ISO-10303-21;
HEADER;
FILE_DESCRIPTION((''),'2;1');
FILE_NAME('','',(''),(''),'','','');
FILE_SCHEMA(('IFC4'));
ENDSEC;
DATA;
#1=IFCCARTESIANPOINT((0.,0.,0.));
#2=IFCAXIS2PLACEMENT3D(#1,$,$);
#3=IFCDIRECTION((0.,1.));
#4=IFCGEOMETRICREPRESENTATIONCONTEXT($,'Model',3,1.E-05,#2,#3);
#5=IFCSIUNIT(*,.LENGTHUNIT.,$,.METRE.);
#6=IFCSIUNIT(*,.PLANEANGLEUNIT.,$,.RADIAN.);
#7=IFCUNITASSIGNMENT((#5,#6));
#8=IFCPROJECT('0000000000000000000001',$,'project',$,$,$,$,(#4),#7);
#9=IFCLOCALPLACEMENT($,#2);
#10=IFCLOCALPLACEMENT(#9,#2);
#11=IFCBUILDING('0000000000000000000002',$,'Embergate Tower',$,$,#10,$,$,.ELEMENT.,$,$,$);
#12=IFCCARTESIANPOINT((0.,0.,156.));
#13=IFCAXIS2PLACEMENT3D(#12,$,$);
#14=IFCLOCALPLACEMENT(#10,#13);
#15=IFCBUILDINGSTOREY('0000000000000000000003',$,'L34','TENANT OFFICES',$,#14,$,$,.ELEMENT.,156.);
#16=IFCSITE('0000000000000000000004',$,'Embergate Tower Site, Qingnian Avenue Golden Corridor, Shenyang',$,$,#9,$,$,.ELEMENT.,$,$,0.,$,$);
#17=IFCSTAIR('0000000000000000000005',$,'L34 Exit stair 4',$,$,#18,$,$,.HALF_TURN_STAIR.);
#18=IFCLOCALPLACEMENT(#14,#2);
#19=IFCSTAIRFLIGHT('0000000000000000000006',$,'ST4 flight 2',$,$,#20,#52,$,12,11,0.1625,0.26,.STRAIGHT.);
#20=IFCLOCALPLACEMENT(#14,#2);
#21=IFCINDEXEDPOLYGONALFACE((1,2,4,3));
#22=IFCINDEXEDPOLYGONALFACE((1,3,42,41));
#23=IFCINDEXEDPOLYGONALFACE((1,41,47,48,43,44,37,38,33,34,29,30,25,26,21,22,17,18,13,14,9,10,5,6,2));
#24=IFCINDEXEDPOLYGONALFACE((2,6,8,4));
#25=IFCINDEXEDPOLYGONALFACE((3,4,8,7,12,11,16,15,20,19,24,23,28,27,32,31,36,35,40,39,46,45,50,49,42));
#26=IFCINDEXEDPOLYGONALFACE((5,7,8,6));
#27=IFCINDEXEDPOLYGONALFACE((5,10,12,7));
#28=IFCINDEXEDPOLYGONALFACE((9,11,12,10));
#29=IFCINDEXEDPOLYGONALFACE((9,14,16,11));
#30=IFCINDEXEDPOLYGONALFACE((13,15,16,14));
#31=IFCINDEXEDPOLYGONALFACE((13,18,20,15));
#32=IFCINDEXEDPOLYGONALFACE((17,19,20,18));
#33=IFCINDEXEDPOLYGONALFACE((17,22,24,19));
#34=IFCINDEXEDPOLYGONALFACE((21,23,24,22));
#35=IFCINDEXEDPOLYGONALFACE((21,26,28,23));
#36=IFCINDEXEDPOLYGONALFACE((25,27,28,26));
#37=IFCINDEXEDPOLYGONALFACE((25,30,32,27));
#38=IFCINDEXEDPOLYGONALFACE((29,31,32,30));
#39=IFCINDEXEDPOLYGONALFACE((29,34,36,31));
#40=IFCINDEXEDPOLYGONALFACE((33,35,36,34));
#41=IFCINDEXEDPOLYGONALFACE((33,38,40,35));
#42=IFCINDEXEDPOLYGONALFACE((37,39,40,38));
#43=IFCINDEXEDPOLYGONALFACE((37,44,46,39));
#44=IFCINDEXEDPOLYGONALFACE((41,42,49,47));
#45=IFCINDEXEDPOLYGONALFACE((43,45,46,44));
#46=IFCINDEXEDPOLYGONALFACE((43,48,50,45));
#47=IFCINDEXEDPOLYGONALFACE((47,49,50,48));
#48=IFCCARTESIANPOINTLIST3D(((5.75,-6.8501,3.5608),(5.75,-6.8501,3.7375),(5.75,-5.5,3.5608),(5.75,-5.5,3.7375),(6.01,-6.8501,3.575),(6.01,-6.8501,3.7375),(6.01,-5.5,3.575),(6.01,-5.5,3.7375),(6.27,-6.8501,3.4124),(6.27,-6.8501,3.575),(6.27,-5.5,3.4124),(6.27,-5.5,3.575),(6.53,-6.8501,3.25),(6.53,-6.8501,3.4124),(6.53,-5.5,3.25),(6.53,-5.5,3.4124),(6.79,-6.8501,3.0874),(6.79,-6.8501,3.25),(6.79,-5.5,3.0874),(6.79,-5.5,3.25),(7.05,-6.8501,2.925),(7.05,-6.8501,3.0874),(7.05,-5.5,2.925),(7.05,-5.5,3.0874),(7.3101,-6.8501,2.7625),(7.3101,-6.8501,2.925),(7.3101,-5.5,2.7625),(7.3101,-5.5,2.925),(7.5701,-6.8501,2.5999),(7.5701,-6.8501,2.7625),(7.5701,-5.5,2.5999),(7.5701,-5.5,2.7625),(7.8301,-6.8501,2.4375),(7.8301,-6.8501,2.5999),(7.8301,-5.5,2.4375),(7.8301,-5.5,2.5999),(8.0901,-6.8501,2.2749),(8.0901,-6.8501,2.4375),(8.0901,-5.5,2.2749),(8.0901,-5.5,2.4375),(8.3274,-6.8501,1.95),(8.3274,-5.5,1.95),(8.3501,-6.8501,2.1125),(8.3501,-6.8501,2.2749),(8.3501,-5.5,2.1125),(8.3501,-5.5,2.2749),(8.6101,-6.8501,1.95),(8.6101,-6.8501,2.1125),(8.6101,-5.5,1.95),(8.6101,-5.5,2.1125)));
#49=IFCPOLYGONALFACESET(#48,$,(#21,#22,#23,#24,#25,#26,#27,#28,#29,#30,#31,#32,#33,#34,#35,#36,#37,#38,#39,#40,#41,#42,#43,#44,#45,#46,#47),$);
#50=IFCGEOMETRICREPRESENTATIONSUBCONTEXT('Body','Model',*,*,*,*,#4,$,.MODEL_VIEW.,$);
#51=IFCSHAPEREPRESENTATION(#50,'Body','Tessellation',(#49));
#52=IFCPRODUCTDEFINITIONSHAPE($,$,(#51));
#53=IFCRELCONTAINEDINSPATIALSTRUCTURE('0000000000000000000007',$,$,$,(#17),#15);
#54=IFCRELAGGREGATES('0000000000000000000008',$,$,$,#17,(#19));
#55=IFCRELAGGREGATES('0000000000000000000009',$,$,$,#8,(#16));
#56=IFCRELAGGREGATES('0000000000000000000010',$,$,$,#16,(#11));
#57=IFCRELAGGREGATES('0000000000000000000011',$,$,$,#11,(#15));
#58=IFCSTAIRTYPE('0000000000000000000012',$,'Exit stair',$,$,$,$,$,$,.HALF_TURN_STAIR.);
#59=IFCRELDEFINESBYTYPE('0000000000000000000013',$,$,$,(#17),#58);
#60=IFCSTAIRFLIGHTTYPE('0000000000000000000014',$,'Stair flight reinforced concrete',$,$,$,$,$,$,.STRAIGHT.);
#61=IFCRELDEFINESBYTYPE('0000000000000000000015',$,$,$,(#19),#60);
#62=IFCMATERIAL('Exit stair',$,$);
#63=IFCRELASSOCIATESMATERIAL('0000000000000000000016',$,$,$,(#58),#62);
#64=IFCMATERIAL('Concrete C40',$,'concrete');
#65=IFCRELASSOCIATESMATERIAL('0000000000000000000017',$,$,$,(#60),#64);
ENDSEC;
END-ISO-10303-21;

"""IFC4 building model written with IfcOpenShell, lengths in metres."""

from ifc_helpers import new_model, si_unit, direction, frame, origin, place, context, subcontext, project, spatial, polyline, outline, extrude, source, transform, mapped, material, type_object, element, aggregate, save


model = new_model("IFC4")

# Units and contexts
model_context = context("Model", 3, precision=1e-05, world=origin(), true_north=direction((0.0, 1.0)))
body_context = subcontext(model_context, "Body", "Model", "MODEL_VIEW")
ifc_project = project(units=[si_unit("LENGTHUNIT", "METRE"), si_unit("PLANEANGLEUNIT", "RADIAN")], contexts=[model_context])

# Site, building, storey
site_placement = place(None, origin())
site = spatial("IfcSite", under=ifc_project, at=site_placement, Name="Embergate Tower Site, Qingnian Avenue Golden Corridor, Shenyang", CompositionType="ELEMENT", RefElevation=0.0)
building_placement = place(site_placement, origin())
building = spatial("IfcBuilding", under=site, at=building_placement, Name="Embergate Tower", CompositionType="ELEMENT")
storey_placement = place(building_placement, frame((0.0, 0.0, 156.0)))
storey = spatial("IfcBuildingStorey", under=building, at=storey_placement, Name="L34", Description="TENANT OFFICES", CompositionType="ELEMENT", Elevation=156.0)

# Stair
ifc_material_1 = material(Name="Exit stair")
stair_type = type_object("IfcStairType", Name="Exit stair", PredefinedType="HALF_TURN_STAIR", material=ifc_material_1)
stair_placement = place(storey_placement, origin())
stair = element("IfcStair", 1, at=stair_placement, inside=storey, type_object=stair_type, Name="L34 Exit stair 4", PredefinedType="HALF_TURN_STAIR")
ifc_material_2 = material(Name="Concrete C40", Category="concrete")

# Stair flight
stair_flight_type = type_object("IfcStairFlightType", Name="Stair flight reinforced concrete", PredefinedType="STRAIGHT", material=ifc_material_2)
shared_shape_1 = source(origin(), body_context, "Body", "SweptSolid", [
    extrude(outline(polyline([(0.0, 0.0), (0.0, 0.1626), (0.26, 0.1626), (0.26, 0.325), (0.52, 0.325), (0.52, 0.4875), (0.78, 0.4875), (0.78, 0.6499), (1.04, 0.6499), (1.04, 0.8125), (1.3, 0.8125), (1.3, 0.9751), (1.5601, 0.9751), (1.5601, 1.1375), (1.8201, 1.1375), (1.8201, 1.3), (2.0801, 1.3), (2.0801, 1.4624), (2.3401, 1.4624), (2.3401, 1.625), (2.6001, 1.625), (2.6001, 1.7876), (2.8601, 1.7876), (2.8601, 1.95), (2.8601, 1.6108), (0.2827, 0.0), (0.0, 0.0)])), frame((0.0, 0.675, 0.0), z_axis=(0.0, -1.0, 0.0), x_axis=(1.0, 0.0, 0.0)), (0.0, 0.0, 1.0), 1.3501),
])
stair_flight_1_placement = place(storey_placement, frame((8.6101, -6.175, 1.95), z_axis=(0.0, 0.0, 1.0), x_axis=(-1.0, 0.0, 0.0)))
stair_flight_1 = element("IfcStairFlight", 2, at=stair_flight_1_placement, type_object=stair_flight_type, Name="ST4 flight 2", NumberOfRisers=12, NumberOfTreads=11, PredefinedType="STRAIGHT", RiserHeight=0.1625, TreadLength=0.26, context=body_context, shape_type="MappedRepresentation", body=[
    mapped(shared_shape_1, transform((0.0, 0.0, 0.0))),
])
aggregate(stair, [stair_flight_1])

save(model, "model.ifc")
